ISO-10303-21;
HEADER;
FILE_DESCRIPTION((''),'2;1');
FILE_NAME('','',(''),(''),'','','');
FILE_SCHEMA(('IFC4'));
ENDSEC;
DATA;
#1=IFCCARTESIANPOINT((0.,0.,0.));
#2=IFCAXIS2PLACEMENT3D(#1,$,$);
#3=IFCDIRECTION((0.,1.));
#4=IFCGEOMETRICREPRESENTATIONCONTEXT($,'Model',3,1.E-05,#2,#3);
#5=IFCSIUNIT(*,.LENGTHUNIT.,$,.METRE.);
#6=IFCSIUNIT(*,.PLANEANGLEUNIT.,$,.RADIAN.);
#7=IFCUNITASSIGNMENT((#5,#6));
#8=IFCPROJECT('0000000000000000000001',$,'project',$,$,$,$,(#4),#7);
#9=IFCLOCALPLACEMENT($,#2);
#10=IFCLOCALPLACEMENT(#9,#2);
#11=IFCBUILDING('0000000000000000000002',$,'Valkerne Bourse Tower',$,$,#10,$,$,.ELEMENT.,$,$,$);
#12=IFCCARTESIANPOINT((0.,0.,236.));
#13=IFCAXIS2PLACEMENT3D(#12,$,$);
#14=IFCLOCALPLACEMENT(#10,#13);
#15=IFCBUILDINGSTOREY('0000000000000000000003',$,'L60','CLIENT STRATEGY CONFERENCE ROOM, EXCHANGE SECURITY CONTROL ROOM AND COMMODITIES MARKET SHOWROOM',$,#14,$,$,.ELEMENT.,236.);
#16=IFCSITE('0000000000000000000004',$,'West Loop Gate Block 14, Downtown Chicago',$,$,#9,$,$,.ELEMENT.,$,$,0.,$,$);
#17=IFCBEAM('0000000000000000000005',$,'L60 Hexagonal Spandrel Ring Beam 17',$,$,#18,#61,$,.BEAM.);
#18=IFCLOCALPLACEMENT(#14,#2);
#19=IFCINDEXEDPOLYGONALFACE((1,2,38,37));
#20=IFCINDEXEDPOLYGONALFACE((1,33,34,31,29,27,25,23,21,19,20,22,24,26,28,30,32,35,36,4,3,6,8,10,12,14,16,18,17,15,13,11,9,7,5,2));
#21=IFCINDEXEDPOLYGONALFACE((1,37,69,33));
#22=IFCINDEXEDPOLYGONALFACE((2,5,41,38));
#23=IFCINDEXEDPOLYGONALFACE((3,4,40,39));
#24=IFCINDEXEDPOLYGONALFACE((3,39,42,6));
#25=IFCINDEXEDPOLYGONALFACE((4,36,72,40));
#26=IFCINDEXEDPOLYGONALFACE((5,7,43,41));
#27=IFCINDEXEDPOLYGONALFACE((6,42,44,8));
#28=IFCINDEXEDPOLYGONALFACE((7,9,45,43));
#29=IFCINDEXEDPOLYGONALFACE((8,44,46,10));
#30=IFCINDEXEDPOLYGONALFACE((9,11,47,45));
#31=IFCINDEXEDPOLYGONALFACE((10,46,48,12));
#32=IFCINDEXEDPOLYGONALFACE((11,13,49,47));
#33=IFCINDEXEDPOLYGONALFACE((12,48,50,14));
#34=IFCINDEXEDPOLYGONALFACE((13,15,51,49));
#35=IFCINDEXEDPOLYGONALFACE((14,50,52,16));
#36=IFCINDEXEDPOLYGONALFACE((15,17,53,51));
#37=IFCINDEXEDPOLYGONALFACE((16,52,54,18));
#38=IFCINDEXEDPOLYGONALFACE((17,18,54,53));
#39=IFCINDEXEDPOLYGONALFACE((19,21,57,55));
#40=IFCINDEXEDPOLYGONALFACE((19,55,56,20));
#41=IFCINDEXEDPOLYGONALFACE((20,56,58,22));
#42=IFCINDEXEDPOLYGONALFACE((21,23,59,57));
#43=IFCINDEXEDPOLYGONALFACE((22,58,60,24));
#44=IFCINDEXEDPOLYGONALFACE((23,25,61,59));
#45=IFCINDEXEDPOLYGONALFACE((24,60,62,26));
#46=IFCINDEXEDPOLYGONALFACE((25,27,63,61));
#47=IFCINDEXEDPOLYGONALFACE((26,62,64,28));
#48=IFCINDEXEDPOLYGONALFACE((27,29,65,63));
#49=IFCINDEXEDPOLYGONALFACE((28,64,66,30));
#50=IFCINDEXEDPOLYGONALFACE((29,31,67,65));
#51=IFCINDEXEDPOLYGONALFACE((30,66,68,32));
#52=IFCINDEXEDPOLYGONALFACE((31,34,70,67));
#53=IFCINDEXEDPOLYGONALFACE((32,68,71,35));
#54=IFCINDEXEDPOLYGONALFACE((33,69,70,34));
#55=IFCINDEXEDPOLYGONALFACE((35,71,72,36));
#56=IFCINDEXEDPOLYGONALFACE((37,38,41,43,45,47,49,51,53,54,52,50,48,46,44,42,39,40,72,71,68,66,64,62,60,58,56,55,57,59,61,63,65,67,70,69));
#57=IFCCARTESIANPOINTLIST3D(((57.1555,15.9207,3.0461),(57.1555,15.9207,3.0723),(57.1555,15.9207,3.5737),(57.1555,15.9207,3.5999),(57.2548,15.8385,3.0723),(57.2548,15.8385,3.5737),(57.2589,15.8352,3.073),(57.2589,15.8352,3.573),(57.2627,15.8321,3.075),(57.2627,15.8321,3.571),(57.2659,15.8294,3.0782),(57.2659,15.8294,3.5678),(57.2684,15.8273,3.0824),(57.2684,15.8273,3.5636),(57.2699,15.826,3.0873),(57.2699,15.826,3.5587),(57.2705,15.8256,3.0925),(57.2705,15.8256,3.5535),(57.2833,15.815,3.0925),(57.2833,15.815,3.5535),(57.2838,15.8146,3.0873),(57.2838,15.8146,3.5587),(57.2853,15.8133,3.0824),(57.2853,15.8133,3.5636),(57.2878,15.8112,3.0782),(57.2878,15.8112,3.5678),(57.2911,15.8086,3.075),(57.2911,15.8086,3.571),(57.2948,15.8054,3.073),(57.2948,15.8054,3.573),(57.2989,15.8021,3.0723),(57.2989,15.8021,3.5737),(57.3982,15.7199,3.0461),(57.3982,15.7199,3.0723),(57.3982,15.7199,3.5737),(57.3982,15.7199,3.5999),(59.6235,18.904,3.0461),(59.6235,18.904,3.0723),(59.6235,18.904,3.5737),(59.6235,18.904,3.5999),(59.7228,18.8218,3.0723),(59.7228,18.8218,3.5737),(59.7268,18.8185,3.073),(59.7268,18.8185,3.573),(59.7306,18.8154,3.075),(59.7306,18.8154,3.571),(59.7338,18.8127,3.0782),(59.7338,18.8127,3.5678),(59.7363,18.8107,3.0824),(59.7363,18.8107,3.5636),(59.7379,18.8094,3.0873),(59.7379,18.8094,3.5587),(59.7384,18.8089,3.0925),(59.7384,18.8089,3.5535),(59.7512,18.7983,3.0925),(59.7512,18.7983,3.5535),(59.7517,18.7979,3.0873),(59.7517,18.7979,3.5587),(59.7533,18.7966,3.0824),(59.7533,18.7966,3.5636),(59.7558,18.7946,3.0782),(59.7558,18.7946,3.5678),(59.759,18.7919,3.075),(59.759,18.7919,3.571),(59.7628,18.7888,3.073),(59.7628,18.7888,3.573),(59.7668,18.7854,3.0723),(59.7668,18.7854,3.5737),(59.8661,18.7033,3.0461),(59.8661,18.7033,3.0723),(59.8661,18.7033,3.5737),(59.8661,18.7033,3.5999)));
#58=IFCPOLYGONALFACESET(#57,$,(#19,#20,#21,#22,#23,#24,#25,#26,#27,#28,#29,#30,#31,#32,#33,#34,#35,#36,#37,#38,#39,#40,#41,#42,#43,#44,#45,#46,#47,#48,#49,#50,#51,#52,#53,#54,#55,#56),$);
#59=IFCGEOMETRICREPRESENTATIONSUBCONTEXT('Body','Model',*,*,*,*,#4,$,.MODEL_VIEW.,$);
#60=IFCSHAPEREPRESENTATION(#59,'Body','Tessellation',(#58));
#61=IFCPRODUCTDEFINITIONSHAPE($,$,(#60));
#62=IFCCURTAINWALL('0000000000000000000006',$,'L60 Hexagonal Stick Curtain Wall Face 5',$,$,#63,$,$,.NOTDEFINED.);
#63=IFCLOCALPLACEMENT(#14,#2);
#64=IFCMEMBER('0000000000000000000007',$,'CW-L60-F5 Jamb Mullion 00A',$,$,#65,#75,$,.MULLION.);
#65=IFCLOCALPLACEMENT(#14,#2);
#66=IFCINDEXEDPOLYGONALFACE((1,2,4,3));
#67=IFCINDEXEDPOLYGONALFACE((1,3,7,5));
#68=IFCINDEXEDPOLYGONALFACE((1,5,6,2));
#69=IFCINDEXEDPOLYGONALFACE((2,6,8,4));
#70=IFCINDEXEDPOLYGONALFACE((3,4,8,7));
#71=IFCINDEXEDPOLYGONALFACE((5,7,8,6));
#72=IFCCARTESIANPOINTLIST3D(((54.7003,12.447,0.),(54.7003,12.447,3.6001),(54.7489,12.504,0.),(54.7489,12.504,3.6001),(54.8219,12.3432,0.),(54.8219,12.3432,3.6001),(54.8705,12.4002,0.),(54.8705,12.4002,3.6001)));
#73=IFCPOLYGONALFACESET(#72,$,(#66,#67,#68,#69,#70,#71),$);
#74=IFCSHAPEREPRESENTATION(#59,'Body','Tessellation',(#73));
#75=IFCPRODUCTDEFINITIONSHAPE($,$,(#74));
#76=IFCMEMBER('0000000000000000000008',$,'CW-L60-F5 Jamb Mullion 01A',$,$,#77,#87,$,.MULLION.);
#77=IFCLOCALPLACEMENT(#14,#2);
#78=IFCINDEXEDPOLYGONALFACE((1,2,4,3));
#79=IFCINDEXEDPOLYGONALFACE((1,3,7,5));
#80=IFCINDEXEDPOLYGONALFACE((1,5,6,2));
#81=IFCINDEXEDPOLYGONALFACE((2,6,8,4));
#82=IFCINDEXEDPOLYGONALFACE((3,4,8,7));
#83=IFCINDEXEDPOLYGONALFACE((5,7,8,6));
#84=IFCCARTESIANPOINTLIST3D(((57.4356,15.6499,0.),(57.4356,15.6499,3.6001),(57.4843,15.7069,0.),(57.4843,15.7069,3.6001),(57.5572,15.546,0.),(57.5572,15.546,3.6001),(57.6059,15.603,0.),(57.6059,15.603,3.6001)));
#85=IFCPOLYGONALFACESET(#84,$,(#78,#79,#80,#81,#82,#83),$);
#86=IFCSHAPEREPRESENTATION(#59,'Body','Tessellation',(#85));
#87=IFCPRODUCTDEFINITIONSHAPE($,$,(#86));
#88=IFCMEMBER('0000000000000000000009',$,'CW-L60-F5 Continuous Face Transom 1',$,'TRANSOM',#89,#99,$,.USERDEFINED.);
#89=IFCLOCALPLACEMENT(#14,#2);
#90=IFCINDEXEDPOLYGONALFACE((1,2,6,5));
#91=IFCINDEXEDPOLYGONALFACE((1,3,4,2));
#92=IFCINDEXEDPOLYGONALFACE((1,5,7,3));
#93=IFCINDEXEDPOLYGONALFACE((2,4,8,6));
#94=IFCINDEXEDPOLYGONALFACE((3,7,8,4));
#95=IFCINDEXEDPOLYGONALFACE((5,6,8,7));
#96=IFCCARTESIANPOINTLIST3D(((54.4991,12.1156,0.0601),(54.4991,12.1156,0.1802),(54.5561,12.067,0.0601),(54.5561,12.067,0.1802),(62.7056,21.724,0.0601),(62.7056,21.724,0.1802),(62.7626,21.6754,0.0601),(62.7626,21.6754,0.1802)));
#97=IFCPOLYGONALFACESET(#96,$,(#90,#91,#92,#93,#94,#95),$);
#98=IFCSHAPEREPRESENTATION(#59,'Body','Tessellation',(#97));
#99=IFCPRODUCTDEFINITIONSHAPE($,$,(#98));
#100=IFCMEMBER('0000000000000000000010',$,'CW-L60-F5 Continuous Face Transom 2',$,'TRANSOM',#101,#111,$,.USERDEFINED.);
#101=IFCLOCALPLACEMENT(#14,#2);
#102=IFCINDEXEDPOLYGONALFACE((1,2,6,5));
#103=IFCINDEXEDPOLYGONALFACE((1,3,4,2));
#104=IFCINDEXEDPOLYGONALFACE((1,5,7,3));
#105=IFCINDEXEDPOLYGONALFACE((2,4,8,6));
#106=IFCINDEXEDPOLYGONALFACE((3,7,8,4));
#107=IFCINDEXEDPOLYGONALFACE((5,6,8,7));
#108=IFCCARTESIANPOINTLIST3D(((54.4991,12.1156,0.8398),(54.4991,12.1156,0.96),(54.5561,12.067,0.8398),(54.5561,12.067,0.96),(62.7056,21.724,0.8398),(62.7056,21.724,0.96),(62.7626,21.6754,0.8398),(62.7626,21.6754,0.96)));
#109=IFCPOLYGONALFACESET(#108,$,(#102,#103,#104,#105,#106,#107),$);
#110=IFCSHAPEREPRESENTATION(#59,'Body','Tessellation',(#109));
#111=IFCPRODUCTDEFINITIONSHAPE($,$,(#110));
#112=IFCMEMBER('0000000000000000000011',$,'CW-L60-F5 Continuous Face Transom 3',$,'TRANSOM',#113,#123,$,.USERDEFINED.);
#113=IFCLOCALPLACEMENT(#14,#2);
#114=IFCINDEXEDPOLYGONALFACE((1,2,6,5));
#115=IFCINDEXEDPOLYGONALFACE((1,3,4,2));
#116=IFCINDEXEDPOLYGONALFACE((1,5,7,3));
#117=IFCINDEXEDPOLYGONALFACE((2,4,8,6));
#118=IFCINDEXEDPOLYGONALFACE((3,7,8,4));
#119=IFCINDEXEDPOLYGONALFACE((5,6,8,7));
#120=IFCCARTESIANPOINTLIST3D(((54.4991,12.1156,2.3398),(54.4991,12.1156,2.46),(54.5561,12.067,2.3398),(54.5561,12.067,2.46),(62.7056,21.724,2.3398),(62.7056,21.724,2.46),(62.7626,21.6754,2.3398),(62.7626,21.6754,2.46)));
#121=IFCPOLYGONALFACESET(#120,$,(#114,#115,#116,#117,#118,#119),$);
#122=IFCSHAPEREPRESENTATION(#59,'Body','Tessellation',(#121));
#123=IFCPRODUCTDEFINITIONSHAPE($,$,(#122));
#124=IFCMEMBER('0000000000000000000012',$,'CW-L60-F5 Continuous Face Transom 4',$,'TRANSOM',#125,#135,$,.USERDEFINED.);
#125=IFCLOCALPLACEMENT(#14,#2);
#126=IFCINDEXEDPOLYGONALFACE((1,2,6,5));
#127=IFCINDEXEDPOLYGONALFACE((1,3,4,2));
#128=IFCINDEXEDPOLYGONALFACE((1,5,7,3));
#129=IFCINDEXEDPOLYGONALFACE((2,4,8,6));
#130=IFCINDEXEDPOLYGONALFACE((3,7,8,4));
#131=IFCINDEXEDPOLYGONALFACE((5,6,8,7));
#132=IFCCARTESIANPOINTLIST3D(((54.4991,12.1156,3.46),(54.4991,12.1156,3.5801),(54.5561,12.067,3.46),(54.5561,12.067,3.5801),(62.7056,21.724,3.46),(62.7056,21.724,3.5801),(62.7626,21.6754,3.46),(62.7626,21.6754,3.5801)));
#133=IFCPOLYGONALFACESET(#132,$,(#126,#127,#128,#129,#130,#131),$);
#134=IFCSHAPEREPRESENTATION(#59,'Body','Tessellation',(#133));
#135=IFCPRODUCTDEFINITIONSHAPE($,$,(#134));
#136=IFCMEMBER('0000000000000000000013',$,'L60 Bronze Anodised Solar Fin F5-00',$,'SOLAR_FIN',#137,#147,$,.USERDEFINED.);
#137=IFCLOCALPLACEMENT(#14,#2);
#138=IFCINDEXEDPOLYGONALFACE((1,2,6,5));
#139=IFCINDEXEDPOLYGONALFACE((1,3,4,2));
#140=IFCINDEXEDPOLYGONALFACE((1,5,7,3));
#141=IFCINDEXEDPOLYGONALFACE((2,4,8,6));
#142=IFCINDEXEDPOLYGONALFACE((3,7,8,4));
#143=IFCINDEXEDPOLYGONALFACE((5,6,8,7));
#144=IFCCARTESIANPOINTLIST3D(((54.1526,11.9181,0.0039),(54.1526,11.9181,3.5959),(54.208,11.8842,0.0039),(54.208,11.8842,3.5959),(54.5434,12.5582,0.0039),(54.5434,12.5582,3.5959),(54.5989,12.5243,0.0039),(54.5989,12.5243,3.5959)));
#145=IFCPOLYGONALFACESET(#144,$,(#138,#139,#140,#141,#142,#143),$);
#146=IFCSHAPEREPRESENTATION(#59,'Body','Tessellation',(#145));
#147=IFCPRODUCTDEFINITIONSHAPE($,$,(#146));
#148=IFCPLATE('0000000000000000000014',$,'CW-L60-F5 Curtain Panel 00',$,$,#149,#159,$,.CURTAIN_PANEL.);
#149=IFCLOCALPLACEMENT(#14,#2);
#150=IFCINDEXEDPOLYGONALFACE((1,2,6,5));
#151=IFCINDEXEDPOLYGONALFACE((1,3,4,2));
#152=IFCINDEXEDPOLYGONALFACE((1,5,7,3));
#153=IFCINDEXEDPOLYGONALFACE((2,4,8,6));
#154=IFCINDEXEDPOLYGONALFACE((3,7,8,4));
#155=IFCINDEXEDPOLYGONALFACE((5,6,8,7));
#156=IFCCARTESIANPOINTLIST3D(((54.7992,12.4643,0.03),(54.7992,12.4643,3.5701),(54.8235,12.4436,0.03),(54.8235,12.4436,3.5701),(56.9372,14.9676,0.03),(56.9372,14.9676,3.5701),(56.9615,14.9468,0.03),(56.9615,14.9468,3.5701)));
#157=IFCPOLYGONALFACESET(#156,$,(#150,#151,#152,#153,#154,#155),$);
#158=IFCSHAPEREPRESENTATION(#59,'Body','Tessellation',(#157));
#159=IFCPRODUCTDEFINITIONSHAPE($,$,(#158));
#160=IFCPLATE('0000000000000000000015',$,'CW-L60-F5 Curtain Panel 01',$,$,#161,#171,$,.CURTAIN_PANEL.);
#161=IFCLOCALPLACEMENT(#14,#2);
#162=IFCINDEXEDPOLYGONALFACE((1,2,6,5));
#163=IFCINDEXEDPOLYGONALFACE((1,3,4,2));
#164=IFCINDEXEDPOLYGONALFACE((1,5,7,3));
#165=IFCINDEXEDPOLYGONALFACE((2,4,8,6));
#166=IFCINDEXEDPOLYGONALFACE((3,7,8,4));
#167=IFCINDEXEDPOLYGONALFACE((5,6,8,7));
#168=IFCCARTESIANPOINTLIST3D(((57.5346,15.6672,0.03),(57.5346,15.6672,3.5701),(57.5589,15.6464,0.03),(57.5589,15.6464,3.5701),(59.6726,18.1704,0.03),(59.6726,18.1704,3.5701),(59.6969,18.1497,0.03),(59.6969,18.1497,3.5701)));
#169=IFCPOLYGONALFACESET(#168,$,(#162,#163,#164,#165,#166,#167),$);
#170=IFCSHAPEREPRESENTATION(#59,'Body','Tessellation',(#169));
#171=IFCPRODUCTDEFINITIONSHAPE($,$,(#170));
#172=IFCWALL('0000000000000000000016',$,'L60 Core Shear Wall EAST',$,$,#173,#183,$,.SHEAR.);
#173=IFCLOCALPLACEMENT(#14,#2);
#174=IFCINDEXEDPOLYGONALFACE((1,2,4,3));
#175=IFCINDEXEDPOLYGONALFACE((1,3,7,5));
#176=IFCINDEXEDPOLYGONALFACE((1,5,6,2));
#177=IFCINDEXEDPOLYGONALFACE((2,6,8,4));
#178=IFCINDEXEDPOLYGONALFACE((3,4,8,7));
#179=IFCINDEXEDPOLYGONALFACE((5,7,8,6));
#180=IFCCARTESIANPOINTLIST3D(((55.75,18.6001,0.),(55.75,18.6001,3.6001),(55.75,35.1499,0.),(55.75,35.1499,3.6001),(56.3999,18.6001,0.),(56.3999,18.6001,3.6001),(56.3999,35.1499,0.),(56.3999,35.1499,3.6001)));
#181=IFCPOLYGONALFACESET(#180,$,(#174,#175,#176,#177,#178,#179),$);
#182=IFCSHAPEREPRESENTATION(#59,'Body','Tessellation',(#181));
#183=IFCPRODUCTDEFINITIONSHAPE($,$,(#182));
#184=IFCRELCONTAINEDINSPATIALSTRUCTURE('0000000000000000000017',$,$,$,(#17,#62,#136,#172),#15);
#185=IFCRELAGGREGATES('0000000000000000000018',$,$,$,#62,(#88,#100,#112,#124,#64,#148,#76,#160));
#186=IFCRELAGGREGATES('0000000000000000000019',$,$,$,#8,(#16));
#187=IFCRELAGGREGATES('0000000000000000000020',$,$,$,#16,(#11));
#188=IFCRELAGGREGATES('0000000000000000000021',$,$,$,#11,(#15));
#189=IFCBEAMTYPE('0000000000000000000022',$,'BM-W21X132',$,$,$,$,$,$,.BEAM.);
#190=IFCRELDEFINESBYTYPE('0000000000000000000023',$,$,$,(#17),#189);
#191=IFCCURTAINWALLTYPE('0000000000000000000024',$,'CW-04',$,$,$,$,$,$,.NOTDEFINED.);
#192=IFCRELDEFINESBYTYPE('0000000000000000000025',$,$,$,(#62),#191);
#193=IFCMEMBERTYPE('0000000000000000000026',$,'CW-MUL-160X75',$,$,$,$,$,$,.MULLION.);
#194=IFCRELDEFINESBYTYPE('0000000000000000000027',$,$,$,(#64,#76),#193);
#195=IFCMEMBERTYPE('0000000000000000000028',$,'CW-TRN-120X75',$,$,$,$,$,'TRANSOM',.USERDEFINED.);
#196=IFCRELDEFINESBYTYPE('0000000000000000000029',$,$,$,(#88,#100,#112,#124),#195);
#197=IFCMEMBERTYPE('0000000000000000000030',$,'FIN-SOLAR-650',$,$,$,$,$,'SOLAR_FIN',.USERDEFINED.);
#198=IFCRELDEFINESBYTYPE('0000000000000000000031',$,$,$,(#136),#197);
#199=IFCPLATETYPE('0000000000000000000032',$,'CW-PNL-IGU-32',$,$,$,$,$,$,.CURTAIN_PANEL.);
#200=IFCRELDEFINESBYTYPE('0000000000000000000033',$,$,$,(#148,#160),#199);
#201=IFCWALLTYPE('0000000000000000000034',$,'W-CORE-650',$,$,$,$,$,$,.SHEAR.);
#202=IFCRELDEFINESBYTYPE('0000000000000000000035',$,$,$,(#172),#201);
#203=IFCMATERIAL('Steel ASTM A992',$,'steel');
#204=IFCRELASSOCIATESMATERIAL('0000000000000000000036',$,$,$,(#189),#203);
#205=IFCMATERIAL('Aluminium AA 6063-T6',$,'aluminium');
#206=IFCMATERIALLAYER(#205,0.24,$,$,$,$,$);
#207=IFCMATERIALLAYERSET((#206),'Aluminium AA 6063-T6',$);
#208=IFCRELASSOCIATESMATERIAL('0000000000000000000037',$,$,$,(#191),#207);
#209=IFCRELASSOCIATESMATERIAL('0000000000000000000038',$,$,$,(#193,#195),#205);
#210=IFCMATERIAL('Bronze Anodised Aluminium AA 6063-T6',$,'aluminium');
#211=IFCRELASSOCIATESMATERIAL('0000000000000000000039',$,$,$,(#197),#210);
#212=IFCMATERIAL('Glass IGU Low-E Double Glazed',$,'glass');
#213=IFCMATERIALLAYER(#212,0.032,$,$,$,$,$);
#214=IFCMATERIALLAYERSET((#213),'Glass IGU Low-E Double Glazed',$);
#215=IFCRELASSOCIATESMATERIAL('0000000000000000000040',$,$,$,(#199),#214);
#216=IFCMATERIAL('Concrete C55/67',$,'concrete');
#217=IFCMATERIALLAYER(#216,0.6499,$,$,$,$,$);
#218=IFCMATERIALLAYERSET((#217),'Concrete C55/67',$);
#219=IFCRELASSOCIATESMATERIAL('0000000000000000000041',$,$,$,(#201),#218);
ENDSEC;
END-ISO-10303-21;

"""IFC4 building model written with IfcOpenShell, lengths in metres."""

from ifc_helpers import new_model, si_unit, direction, frame, frame_2d, origin, origin_2d, place, context, subcontext, project, spatial, rectangle, i_section, extrude, material, layer, layer_set, material_profile, profile_set, type_object, element, aggregate, save


model = new_model("IFC4")

# Units and contexts
model_context = context("Model", 3, precision=1e-05, world=origin(), true_north=direction((0.0, 1.0)))
body_context = subcontext(model_context, "Body", "Model", "MODEL_VIEW")
ifc_project = project(units=[si_unit("LENGTHUNIT", "METRE"), si_unit("PLANEANGLEUNIT", "RADIAN")], contexts=[model_context])

# Site, building, storey
site_placement = place(None, origin())
site = spatial("IfcSite", under=ifc_project, at=site_placement, Name="West Loop Gate Block 14, Downtown Chicago", CompositionType="ELEMENT", RefElevation=0.0)
building_placement = place(site_placement, origin())
building = spatial("IfcBuilding", under=site, at=building_placement, Name="Valkerne Bourse Tower", CompositionType="ELEMENT")
storey_placement = place(building_placement, frame((0.0, 0.0, 236.0)))
storey = spatial("IfcBuildingStorey", under=building, at=storey_placement, Name="L60", Description="CLIENT STRATEGY CONFERENCE ROOM, EXCHANGE SECURITY CONTROL ROOM AND COMMODITIES MARKET SHOWROOM", CompositionType="ELEMENT", Elevation=236.0)

# Beam
ifc_material_1 = material(Name="Steel ASTM A992", Category="steel")
ifc_material_profile_1 = material_profile(ifc_material_1, i_section(OverallWidth=0.3149, OverallDepth=0.5537, WebThickness=0.0166, FlangeThickness=0.0261, FilletRadius=0.0203, at=origin_2d()), Name="W21X132")
ifc_profile_set_1 = profile_set([ifc_material_profile_1], Name="Steel ASTM A992")
beam_type = type_object("IfcBeamType", Name="BM-W21X132", PredefinedType="BEAM", material=ifc_profile_set_1)
for number, where, z_axis, x_axis, name in (
    (1, (57.2769, 15.8203, 3.323), (0.637414, 0.770521, 0.0), (-0.770521, 0.637414, 0.0), "L60 Hexagonal Spandrel Ring Beam 17"),
):
    element("IfcBeam", number, at=place(storey_placement, frame(where, z_axis=z_axis, x_axis=x_axis)), inside=storey, type_object=beam_type, Name=name, PredefinedType="BEAM", context=body_context, shape_type="SweptSolid", body=[
        extrude(i_section(OverallWidth=0.3149, OverallDepth=0.5537, WebThickness=0.0166, FlangeThickness=0.0261, FilletRadius=0.0203, at=origin_2d()), origin(), (0.0, 0.0, 1.0), 3.8718),
    ])

# Curtain wall, members
ifc_material_2 = material(Name="Aluminium AA 6063-T6", Category="aluminium")
ifc_layer_1 = layer(ifc_material_2, 0.24)
ifc_layer_set_1 = layer_set([ifc_layer_1], Name="Aluminium AA 6063-T6")
curtain_wall_type = type_object("IfcCurtainWallType", Name="CW-04", PredefinedType="NOTDEFINED", material=ifc_layer_set_1)
curtain_wall_placement = place(storey_placement, origin())
curtain_wall = element("IfcCurtainWall", 2, at=curtain_wall_placement, inside=storey, type_object=curtain_wall_type, Name="L60 Hexagonal Stick Curtain Wall Face 5", PredefinedType="NOTDEFINED")
ifc_material_profile_2 = material_profile(ifc_material_2, rectangle(XDim=0.075, YDim=0.1599, at=origin_2d()), Name="CWM-75X160")
ifc_profile_set_2 = profile_set([ifc_material_profile_2], Name="Aluminium AA 6063-T6")
member_type_1 = type_object("IfcMemberType", Name="CW-MUL-160X75", PredefinedType="MULLION", material=ifc_profile_set_2)
member_1_placement = place(storey_placement, frame((54.7854, 12.4236, 0.0), z_axis=(0.0, 0.0, 1.0), x_axis=(0.649455, 0.7604, 0.0)))
member_1 = element("IfcMember", 3, at=member_1_placement, type_object=member_type_1, Name="CW-L60-F5 Jamb Mullion 00A", PredefinedType="MULLION", context=body_context, shape_type="SweptSolid", body=[
    extrude(rectangle(XDim=0.075, YDim=0.1599, at=origin_2d()), origin(), (0.0, 0.0, 1.0), 3.6001),
])
member_2_placement = place(storey_placement, frame((57.5208, 15.6265, 0.0), z_axis=(0.0, 0.0, 1.0), x_axis=(0.649455, 0.7604, 0.0)))
member_2 = element("IfcMember", 4, at=member_2_placement, type_object=member_type_1, Name="CW-L60-F5 Jamb Mullion 01A", PredefinedType="MULLION", context=body_context, shape_type="SweptSolid", body=[
    extrude(rectangle(XDim=0.075, YDim=0.1599, at=origin_2d()), origin(), (0.0, 0.0, 1.0), 3.6001),
])
ifc_material_profile_3 = material_profile(ifc_material_2, rectangle(XDim=0.075, YDim=0.1201, at=origin_2d()), Name="CWT-75X120")
ifc_profile_set_3 = profile_set([ifc_material_profile_3], Name="Aluminium AA 6063-T6")
member_type_2 = type_object("IfcMemberType", Name="CW-TRN-120X75", ElementType="TRANSOM", PredefinedType="USERDEFINED", material=ifc_profile_set_3)
member_3_placement = place(storey_placement, frame((54.5276, 12.0913, 0.1201), z_axis=(0.649457, 0.760398, 0.0), x_axis=(-0.760398, 0.649457, 0.0)))
member_3 = element("IfcMember", 5, at=member_3_placement, type_object=member_type_2, Name="CW-L60-F5 Continuous Face Transom 1", ObjectType="TRANSOM", PredefinedType="USERDEFINED", context=body_context, shape_type="SweptSolid", body=[
    extrude(rectangle(XDim=0.075, YDim=0.1201, at=origin_2d()), origin(), (0.0, 0.0, 1.0), 12.636),
])
member_4_placement = place(storey_placement, frame((54.5276, 12.0913, 0.8999), z_axis=(0.649457, 0.760398, 0.0), x_axis=(-0.760398, 0.649457, 0.0)))
member_4 = element("IfcMember", 6, at=member_4_placement, type_object=member_type_2, Name="CW-L60-F5 Continuous Face Transom 2", ObjectType="TRANSOM", PredefinedType="USERDEFINED", context=body_context, shape_type="SweptSolid", body=[
    extrude(rectangle(XDim=0.075, YDim=0.1201, at=origin_2d()), origin(), (0.0, 0.0, 1.0), 12.636),
])
member_5_placement = place(storey_placement, frame((54.5276, 12.0913, 2.3999), z_axis=(0.649457, 0.760398, 0.0), x_axis=(-0.760398, 0.649457, 0.0)))
member_5 = element("IfcMember", 7, at=member_5_placement, type_object=member_type_2, Name="CW-L60-F5 Continuous Face Transom 3", ObjectType="TRANSOM", PredefinedType="USERDEFINED", context=body_context, shape_type="SweptSolid", body=[
    extrude(rectangle(XDim=0.075, YDim=0.1201, at=origin_2d()), origin(), (0.0, 0.0, 1.0), 12.636),
])
member_6_placement = place(storey_placement, frame((54.5276, 12.0913, 3.52), z_axis=(0.649457, 0.760398, 0.0), x_axis=(-0.760398, 0.649457, 0.0)))
member_6 = element("IfcMember", 8, at=member_6_placement, type_object=member_type_2, Name="CW-L60-F5 Continuous Face Transom 4", ObjectType="TRANSOM", PredefinedType="USERDEFINED", context=body_context, shape_type="SweptSolid", body=[
    extrude(rectangle(XDim=0.075, YDim=0.1201, at=origin_2d()), origin(), (0.0, 0.0, 1.0), 12.636),
])

# Member
ifc_material_3 = material(Name="Bronze Anodised Aluminium AA 6063-T6", Category="aluminium")
ifc_material_profile_4 = material_profile(ifc_material_3, rectangle(XDim=0.0649, YDim=0.75, at=origin_2d()), Name="FIN-65X750")
ifc_profile_set_4 = profile_set([ifc_material_profile_4], Name="Bronze Anodised Aluminium AA 6063-T6")
member_type_3 = type_object("IfcMemberType", Name="FIN-SOLAR-650", ElementType="SOLAR_FIN", PredefinedType="USERDEFINED", material=ifc_profile_set_4)
member_7_placement = place(storey_placement, frame((54.3757, 12.2212, 0.0039), z_axis=(0.0, 0.0, 1.0), x_axis=(0.853477, -0.521131, 0.0)))
element("IfcMember", 9, at=member_7_placement, inside=storey, type_object=member_type_3, Name="L60 Bronze Anodised Solar Fin F5-00", ObjectType="SOLAR_FIN", PredefinedType="USERDEFINED", context=body_context, shape_type="SweptSolid", body=[
    extrude(rectangle(XDim=0.0649, YDim=0.75, at=origin_2d()), origin(), (0.0, 0.0, 1.0), 3.592),
])

# Plates
ifc_material_4 = material(Name="Glass IGU Low-E Double Glazed", Category="glass")
ifc_layer_2 = layer(ifc_material_4, 0.032)
ifc_layer_set_2 = layer_set([ifc_layer_2], Name="Glass IGU Low-E Double Glazed")
plate_type = type_object("IfcPlateType", Name="CW-PNL-IGU-32", PredefinedType="CURTAIN_PANEL", material=ifc_layer_set_2)
plate_1_placement = place(storey_placement, frame((55.8804, 13.7056, 0.03), z_axis=(0.0, 0.0, 1.0), x_axis=(0.649455, 0.7604, 0.0)))
plate_1 = element("IfcPlate", 10, at=plate_1_placement, type_object=plate_type, Name="CW-L60-F5 Curtain Panel 00", PredefinedType="CURTAIN_PANEL", context=body_context, shape_type="SweptSolid", body=[
    extrude(rectangle(XDim=3.292, YDim=0.032, at=origin_2d()), origin(), (0.0, 0.0, 1.0), 3.54),
])
plate_2_placement = place(storey_placement, frame((58.6157, 16.9084, 0.03), z_axis=(0.0, 0.0, 1.0), x_axis=(0.649455, 0.7604, 0.0)))
plate_2 = element("IfcPlate", 11, at=plate_2_placement, type_object=plate_type, Name="CW-L60-F5 Curtain Panel 01", PredefinedType="CURTAIN_PANEL", context=body_context, shape_type="SweptSolid", body=[
    extrude(rectangle(XDim=3.292, YDim=0.032, at=origin_2d()), origin(), (0.0, 0.0, 1.0), 3.54),
])
aggregate(curtain_wall, [member_3, member_4, member_5, member_6, member_1, plate_1, member_2, plate_2])

# Wall
ifc_material_5 = material(Name="Concrete C55/67", Category="concrete")
ifc_layer_3 = layer(ifc_material_5, 0.6499)
ifc_layer_set_3 = layer_set([ifc_layer_3], Name="Concrete C55/67")
wall_type_1 = type_object("IfcWallType", Name="W-CORE-650", PredefinedType="SHEAR", material=ifc_layer_set_3)
wall_1_placement = place(storey_placement, frame((56.075, 18.6001, 0.0), z_axis=(0.0, 0.0, 1.0), x_axis=(0.0, 1.0, 0.0)))
element("IfcWall", 12, at=wall_1_placement, inside=storey, type_object=wall_type_1, Name="L60 Core Shear Wall EAST", PredefinedType="SHEAR", context=body_context, shape_type="SweptSolid", body=[
    extrude(rectangle(XDim=16.5498, YDim=0.6499, at=frame_2d((8.2749, 0.0))), origin(), (0.0, 0.0, 1.0), 3.6001),
])

save(model, "model.ifc")
